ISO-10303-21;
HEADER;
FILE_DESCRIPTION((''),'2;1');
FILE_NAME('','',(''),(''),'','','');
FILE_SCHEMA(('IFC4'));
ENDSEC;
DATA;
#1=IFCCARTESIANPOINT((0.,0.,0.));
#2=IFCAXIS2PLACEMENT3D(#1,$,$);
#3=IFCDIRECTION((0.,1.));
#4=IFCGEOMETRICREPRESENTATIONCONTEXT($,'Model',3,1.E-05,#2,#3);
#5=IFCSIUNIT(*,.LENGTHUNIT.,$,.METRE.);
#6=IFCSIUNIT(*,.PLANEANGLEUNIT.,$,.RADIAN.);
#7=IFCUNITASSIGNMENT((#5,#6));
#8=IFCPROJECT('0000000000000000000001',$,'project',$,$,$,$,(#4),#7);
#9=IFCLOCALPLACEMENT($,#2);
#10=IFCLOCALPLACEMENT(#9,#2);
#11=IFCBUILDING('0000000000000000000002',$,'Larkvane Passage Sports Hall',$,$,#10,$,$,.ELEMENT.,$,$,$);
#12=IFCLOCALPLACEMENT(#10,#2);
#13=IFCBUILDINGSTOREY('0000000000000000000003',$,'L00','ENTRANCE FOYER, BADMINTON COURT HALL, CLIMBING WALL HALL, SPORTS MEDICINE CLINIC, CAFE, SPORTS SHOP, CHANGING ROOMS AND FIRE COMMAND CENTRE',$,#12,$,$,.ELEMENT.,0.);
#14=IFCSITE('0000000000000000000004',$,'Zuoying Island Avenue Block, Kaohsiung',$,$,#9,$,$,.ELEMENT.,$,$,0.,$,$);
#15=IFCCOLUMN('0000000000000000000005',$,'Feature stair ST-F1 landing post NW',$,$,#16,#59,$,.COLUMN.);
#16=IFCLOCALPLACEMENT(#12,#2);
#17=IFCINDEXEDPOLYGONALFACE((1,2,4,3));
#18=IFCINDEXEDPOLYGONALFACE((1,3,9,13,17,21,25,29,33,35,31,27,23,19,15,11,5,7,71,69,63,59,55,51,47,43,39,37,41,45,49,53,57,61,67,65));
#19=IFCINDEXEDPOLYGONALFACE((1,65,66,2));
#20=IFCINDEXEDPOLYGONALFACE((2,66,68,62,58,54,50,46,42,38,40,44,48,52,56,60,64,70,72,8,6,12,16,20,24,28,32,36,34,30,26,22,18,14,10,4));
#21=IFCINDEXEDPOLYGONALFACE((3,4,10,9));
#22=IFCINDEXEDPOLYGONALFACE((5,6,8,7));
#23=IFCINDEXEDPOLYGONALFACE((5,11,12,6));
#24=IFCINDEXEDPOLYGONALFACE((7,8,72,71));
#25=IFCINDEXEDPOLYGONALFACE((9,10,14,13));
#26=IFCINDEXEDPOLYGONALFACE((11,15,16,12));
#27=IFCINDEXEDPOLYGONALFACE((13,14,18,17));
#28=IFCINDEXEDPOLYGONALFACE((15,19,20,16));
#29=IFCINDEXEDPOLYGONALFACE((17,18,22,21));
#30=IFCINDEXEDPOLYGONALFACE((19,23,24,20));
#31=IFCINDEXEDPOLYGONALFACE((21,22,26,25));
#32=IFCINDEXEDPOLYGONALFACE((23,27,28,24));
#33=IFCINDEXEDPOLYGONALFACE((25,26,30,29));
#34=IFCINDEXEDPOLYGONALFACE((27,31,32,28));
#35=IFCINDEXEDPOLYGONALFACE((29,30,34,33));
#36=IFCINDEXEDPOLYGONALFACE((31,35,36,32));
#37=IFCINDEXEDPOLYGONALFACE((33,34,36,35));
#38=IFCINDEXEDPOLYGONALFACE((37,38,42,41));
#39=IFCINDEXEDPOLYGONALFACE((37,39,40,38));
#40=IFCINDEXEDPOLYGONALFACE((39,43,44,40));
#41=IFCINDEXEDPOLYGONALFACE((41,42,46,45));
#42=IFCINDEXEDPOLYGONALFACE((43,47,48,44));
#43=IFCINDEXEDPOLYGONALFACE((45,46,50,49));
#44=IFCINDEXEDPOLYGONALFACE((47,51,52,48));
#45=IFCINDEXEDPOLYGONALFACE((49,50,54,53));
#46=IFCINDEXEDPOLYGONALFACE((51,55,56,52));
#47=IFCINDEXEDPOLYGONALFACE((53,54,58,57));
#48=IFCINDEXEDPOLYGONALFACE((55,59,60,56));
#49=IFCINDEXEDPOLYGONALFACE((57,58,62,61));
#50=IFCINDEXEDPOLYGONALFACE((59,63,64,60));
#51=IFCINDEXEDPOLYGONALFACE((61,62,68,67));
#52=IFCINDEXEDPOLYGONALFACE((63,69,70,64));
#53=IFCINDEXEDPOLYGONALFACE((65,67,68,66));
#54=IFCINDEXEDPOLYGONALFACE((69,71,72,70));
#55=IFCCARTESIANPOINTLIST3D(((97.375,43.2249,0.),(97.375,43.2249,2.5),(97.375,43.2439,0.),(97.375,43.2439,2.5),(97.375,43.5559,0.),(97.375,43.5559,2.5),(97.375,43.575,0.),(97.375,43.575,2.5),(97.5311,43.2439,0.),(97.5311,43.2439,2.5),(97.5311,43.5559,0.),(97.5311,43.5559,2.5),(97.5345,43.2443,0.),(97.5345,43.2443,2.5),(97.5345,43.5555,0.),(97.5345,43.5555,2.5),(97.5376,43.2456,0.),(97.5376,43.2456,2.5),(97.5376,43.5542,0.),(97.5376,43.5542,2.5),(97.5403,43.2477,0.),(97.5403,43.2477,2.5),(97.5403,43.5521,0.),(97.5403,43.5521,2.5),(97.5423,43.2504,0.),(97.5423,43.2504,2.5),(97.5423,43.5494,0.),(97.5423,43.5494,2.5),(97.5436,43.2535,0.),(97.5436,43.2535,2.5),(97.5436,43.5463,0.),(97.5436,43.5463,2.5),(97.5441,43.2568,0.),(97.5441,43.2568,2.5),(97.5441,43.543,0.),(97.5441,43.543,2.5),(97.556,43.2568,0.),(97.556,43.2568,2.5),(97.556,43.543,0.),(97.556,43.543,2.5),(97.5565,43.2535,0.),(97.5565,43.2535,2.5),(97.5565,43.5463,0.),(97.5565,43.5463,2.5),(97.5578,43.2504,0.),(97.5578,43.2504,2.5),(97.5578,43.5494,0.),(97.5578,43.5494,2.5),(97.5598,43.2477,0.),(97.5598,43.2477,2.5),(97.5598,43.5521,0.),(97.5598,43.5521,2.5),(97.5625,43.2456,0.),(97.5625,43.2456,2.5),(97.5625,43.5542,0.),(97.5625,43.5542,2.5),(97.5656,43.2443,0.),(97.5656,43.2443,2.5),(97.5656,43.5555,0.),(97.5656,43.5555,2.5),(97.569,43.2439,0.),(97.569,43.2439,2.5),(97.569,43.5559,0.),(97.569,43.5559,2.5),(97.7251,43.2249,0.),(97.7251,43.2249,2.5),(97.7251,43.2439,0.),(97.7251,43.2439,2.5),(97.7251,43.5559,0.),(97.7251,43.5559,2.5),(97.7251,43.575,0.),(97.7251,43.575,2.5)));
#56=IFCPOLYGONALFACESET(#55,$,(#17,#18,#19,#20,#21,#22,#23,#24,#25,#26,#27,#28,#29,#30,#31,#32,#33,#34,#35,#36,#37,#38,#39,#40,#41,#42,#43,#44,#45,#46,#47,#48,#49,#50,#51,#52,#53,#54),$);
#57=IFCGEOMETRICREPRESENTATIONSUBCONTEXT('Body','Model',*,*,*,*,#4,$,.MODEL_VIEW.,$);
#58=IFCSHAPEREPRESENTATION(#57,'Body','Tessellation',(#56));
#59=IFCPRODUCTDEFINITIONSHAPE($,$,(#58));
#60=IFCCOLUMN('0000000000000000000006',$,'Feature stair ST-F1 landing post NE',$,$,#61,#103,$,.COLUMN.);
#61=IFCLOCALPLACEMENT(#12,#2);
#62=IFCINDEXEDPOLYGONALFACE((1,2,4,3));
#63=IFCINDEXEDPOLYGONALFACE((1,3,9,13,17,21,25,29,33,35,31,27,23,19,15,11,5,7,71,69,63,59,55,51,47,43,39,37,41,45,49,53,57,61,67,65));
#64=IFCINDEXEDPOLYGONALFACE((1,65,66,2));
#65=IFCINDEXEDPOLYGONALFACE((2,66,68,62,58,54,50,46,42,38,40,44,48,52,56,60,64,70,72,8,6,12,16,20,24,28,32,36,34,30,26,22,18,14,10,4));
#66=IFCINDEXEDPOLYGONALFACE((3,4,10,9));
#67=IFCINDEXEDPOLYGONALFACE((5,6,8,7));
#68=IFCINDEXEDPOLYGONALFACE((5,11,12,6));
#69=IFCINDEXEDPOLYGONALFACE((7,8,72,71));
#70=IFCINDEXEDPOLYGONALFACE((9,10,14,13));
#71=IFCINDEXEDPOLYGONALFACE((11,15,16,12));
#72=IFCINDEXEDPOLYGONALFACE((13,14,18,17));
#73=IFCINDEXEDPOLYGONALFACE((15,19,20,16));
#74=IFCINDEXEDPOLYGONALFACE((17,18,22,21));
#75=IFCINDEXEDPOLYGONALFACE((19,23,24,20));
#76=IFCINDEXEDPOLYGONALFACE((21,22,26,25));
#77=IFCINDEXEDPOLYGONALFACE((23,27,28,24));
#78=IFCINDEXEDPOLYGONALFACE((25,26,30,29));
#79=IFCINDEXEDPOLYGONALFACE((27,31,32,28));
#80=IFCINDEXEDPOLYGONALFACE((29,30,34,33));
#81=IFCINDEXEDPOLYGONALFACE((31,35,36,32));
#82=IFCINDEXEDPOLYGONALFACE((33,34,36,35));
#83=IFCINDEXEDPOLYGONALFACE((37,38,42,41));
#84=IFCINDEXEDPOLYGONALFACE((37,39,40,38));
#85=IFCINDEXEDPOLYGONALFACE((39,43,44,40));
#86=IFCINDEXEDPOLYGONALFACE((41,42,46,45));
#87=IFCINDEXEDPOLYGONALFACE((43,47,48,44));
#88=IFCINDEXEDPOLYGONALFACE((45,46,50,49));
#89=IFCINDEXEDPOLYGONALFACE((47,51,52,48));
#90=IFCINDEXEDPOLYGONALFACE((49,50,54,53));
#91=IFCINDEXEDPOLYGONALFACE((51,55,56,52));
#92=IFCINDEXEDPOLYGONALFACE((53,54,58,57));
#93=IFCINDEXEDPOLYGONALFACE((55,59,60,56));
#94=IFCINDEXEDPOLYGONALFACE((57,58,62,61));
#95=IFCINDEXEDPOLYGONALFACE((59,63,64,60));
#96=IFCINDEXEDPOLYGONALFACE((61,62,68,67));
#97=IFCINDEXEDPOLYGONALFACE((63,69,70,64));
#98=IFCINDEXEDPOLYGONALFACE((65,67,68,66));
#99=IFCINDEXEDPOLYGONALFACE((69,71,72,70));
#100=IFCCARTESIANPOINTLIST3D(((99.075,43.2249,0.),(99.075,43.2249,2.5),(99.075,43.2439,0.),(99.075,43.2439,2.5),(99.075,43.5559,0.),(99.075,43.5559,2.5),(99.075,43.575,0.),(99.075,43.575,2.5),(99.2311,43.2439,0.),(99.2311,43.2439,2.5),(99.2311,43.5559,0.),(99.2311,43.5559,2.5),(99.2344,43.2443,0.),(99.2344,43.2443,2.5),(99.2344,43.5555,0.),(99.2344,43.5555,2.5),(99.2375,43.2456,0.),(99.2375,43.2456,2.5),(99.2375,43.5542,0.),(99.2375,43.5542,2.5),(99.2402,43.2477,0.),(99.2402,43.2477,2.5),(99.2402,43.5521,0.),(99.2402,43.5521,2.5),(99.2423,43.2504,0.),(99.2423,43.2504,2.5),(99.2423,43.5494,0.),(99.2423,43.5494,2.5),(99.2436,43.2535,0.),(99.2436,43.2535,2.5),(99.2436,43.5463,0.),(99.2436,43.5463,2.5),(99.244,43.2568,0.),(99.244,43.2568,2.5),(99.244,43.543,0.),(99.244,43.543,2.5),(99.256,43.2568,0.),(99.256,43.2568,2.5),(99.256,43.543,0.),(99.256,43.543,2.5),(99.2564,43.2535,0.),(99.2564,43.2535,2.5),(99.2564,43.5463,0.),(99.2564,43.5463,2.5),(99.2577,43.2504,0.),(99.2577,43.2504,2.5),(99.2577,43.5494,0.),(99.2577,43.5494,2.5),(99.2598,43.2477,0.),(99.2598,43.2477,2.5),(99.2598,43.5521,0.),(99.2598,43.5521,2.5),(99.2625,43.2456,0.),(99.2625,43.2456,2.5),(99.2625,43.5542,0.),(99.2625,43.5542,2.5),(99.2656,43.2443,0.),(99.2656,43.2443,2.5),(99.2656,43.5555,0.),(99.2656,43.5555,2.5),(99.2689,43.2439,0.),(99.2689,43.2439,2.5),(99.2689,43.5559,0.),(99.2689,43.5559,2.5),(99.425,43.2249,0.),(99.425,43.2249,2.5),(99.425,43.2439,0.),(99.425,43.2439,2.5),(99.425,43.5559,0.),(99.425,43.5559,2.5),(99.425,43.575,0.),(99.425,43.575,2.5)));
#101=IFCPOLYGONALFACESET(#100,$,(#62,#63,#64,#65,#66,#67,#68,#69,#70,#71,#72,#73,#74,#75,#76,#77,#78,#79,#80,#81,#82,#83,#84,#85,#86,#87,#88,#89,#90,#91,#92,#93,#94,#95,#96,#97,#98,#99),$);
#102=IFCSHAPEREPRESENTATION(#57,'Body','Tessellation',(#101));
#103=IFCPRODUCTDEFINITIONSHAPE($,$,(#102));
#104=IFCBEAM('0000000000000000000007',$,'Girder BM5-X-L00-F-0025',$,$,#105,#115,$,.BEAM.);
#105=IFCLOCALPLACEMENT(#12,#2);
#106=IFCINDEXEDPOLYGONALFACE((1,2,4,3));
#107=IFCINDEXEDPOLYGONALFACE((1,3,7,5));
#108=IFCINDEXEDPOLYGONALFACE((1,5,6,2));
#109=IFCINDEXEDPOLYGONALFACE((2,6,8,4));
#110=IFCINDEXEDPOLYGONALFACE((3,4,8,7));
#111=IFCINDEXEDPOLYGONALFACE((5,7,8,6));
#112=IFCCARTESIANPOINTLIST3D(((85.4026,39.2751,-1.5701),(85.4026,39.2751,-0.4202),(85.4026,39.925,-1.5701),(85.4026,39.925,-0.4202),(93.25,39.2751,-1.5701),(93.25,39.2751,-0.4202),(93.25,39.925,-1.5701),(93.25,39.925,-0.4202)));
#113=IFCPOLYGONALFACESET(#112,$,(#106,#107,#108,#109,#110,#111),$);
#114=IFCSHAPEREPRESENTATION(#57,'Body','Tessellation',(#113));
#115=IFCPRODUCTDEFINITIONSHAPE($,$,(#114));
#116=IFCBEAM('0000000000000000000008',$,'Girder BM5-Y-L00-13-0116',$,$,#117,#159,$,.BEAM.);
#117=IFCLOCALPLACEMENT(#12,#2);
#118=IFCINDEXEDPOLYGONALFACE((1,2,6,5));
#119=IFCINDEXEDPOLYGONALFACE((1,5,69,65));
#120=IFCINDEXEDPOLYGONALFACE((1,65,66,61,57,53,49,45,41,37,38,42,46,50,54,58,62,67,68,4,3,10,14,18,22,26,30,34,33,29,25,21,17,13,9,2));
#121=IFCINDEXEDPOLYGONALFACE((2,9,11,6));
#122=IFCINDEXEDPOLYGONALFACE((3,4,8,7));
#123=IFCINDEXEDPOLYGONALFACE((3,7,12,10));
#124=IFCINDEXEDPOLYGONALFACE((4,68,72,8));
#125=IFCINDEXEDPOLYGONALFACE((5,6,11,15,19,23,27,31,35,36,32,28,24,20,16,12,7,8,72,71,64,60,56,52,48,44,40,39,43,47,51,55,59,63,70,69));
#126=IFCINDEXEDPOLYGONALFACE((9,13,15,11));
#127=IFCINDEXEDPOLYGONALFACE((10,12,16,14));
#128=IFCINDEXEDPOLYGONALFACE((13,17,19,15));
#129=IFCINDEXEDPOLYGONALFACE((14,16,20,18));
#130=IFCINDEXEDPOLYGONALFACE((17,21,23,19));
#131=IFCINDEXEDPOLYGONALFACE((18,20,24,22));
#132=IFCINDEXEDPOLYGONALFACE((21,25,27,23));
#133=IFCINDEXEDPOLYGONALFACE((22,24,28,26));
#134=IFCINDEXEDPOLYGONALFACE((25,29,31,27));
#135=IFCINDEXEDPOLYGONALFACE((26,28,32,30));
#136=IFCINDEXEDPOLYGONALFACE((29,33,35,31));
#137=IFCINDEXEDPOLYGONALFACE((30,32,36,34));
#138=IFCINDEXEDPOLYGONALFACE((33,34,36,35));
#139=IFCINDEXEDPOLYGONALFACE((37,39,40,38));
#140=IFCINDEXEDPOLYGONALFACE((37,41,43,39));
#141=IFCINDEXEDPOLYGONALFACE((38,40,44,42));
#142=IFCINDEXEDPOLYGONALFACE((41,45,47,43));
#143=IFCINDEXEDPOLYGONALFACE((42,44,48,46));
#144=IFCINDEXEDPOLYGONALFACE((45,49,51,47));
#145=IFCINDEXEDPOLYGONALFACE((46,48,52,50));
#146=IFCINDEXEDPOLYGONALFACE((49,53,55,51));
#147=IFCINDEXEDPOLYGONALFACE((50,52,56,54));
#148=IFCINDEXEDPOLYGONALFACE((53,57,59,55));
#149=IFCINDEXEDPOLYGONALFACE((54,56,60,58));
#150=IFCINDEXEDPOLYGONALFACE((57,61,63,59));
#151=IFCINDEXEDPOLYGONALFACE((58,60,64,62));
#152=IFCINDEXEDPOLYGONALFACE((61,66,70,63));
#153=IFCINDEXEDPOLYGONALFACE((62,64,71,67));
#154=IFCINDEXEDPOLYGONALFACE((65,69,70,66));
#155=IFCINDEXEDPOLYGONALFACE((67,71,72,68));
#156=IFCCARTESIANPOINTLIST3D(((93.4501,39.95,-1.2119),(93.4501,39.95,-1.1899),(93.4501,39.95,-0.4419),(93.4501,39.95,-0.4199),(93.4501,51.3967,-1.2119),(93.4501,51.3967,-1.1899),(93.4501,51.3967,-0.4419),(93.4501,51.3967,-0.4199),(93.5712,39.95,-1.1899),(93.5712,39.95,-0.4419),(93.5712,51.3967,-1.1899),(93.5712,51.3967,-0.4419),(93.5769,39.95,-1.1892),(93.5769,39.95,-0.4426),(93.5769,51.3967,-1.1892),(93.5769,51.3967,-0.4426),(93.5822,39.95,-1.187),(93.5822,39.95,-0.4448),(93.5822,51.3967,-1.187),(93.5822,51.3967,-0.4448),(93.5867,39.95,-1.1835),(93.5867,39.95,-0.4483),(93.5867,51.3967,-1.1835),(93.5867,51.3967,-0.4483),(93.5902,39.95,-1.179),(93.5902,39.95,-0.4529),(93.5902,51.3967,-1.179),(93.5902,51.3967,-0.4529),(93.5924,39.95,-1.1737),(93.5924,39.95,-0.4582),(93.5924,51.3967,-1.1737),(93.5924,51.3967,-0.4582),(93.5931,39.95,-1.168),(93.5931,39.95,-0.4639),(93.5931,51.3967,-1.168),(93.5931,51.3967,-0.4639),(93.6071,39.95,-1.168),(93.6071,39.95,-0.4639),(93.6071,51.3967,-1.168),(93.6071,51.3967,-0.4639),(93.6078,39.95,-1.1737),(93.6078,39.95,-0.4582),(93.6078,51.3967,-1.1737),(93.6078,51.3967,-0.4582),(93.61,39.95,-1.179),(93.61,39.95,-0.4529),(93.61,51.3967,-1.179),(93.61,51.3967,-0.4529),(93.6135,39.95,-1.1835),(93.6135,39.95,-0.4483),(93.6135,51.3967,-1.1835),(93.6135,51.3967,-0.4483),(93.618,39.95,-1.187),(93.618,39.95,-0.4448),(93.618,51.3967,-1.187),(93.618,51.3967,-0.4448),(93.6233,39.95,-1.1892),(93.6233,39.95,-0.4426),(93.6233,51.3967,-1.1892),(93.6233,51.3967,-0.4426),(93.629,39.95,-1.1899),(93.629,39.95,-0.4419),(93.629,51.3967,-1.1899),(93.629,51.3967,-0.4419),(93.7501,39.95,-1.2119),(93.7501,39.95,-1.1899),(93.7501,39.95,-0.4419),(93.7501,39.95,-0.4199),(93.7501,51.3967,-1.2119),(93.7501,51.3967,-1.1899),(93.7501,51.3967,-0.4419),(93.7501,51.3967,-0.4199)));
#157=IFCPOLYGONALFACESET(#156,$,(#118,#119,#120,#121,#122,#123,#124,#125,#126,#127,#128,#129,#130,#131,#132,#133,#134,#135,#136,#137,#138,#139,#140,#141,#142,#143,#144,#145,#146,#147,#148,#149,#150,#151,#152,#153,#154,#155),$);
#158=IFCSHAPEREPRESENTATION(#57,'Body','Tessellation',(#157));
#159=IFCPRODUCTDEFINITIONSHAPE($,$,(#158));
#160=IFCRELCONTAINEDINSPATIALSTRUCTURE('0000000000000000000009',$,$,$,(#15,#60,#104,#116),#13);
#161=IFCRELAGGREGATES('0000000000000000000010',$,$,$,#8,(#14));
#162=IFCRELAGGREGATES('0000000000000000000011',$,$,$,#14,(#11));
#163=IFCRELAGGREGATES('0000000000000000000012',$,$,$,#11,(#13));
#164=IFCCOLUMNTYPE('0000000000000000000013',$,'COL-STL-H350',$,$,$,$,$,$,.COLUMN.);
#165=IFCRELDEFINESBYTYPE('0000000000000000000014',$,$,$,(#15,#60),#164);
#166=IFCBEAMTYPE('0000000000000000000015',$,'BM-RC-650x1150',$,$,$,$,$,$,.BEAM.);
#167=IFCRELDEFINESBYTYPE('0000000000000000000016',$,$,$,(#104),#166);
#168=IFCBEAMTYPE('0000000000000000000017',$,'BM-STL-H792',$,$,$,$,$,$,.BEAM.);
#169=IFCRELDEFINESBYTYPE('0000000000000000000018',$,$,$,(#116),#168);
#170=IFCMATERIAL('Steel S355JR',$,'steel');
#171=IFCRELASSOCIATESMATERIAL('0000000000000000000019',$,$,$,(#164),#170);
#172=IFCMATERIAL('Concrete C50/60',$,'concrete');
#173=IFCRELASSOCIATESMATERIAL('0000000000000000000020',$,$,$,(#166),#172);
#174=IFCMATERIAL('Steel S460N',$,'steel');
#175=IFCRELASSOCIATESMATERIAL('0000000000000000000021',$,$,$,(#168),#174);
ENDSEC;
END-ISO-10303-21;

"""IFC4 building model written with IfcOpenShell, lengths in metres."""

from ifc_helpers import new_model, si_unit, direction, frame, origin, origin_2d, place, context, subcontext, project, spatial, rectangle, i_section, extrude, material, material_profile, profile_set, type_object, element, save


model = new_model("IFC4")

# Units and contexts
model_context = context("Model", 3, precision=1e-05, world=origin(), true_north=direction((0.0, 1.0)))
body_context = subcontext(model_context, "Body", "Model", "MODEL_VIEW")
ifc_project = project(units=[si_unit("LENGTHUNIT", "METRE"), si_unit("PLANEANGLEUNIT", "RADIAN")], contexts=[model_context])

# Site, building, storey
site_placement = place(None, origin())
site = spatial("IfcSite", under=ifc_project, at=site_placement, Name="Zuoying Island Avenue Block, Kaohsiung", CompositionType="ELEMENT", RefElevation=0.0)
building_placement = place(site_placement, origin())
building = spatial("IfcBuilding", under=site, at=building_placement, Name="Larkvane Passage Sports Hall", CompositionType="ELEMENT")
storey_placement = place(building_placement, origin())
storey = spatial("IfcBuildingStorey", under=building, at=storey_placement, Name="L00", Description="ENTRANCE FOYER, BADMINTON COURT HALL, CLIMBING WALL HALL, SPORTS MEDICINE CLINIC, CAFE, SPORTS SHOP, CHANGING ROOMS AND FIRE COMMAND CENTRE", CompositionType="ELEMENT", Elevation=0.0)

# Columns
ifc_material_1 = material(Name="Steel S460N", Category="steel")
ifc_material_2 = material(Name="Steel S355JR", Category="steel")
ifc_material_profile_1 = material_profile(ifc_material_2, i_section(OverallWidth=0.3501, OverallDepth=0.3501, WebThickness=0.012, FlangeThickness=0.019, FilletRadius=0.0129, at=origin_2d()), Name="H-350x350x12x19")
ifc_profile_set_1 = profile_set([ifc_material_profile_1], Name="Steel S355JR")
column_type_1 = type_object("IfcColumnType", Name="COL-STL-H350", PredefinedType="COLUMN", material=ifc_profile_set_1)
for number, where, z_axis, x_axis, name in (
    (1, (97.55, 43.3999, 0.0), (0.0, 0.0, 1.0), (1.0, 0.0, 0.0), "Feature stair ST-F1 landing post NW"),
    (2, (99.25, 43.3999, 0.0), (0.0, 0.0, 1.0), (1.0, 0.0, 0.0), "Feature stair ST-F1 landing post NE"),
):
    element("IfcColumn", number, at=place(storey_placement, frame(where, z_axis=z_axis, x_axis=x_axis)), inside=storey, type_object=column_type_1, Name=name, PredefinedType="COLUMN", context=body_context, shape_type="SweptSolid", body=[
        extrude(i_section(OverallWidth=0.3501, OverallDepth=0.3501, WebThickness=0.012, FlangeThickness=0.019, FilletRadius=0.0129, at=origin_2d()), origin(), (0.0, 0.0, 1.0), 2.5),
    ])

# Beams
ifc_material_3 = material(Name="Concrete C50/60", Category="concrete")
ifc_material_profile_2 = material_profile(ifc_material_3, rectangle(XDim=0.6499, YDim=1.1499, at=origin_2d()), Name="RC-BM-650x1150")
ifc_profile_set_2 = profile_set([ifc_material_profile_2], Name="Concrete C50/60")
beam_type_1 = type_object("IfcBeamType", Name="BM-RC-650x1150", PredefinedType="BEAM", material=ifc_profile_set_2)
beam_1_placement = place(storey_placement, frame((85.4026, 39.6001, -0.9951), z_axis=(1.0, 0.0, 0.0), x_axis=(0.0, 1.0, 0.0)))
element("IfcBeam", 3, at=beam_1_placement, inside=storey, type_object=beam_type_1, Name="Girder BM5-X-L00-F-0025", PredefinedType="BEAM", context=body_context, shape_type="SweptSolid", body=[
    extrude(rectangle(XDim=0.6499, YDim=1.1499, at=origin_2d()), origin(), (0.0, 0.0, 1.0), 7.8474),
])
ifc_material_profile_3 = material_profile(ifc_material_1, i_section(OverallWidth=0.3, OverallDepth=0.792, WebThickness=0.0139, FlangeThickness=0.022, FilletRadius=0.022, at=origin_2d()), Name="H-792x300x14x22")
ifc_profile_set_3 = profile_set([ifc_material_profile_3], Name="Steel S460N")
beam_type_2 = type_object("IfcBeamType", Name="BM-STL-H792", PredefinedType="BEAM", material=ifc_profile_set_3)
beam_2_placement = place(storey_placement, frame((93.6001, 39.95, -0.8159), z_axis=(0.0, 1.0, 0.0), x_axis=(-1.0, 0.0, 0.0)))
element("IfcBeam", 4, at=beam_2_placement, inside=storey, type_object=beam_type_2, Name="Girder BM5-Y-L00-13-0116", PredefinedType="BEAM", context=body_context, shape_type="SweptSolid", body=[
    extrude(i_section(OverallWidth=0.3, OverallDepth=0.792, WebThickness=0.0139, FlangeThickness=0.022, FilletRadius=0.022, at=origin_2d()), origin(), (0.0, 0.0, 1.0), 11.4468),
])

save(model, "model.ifc")
